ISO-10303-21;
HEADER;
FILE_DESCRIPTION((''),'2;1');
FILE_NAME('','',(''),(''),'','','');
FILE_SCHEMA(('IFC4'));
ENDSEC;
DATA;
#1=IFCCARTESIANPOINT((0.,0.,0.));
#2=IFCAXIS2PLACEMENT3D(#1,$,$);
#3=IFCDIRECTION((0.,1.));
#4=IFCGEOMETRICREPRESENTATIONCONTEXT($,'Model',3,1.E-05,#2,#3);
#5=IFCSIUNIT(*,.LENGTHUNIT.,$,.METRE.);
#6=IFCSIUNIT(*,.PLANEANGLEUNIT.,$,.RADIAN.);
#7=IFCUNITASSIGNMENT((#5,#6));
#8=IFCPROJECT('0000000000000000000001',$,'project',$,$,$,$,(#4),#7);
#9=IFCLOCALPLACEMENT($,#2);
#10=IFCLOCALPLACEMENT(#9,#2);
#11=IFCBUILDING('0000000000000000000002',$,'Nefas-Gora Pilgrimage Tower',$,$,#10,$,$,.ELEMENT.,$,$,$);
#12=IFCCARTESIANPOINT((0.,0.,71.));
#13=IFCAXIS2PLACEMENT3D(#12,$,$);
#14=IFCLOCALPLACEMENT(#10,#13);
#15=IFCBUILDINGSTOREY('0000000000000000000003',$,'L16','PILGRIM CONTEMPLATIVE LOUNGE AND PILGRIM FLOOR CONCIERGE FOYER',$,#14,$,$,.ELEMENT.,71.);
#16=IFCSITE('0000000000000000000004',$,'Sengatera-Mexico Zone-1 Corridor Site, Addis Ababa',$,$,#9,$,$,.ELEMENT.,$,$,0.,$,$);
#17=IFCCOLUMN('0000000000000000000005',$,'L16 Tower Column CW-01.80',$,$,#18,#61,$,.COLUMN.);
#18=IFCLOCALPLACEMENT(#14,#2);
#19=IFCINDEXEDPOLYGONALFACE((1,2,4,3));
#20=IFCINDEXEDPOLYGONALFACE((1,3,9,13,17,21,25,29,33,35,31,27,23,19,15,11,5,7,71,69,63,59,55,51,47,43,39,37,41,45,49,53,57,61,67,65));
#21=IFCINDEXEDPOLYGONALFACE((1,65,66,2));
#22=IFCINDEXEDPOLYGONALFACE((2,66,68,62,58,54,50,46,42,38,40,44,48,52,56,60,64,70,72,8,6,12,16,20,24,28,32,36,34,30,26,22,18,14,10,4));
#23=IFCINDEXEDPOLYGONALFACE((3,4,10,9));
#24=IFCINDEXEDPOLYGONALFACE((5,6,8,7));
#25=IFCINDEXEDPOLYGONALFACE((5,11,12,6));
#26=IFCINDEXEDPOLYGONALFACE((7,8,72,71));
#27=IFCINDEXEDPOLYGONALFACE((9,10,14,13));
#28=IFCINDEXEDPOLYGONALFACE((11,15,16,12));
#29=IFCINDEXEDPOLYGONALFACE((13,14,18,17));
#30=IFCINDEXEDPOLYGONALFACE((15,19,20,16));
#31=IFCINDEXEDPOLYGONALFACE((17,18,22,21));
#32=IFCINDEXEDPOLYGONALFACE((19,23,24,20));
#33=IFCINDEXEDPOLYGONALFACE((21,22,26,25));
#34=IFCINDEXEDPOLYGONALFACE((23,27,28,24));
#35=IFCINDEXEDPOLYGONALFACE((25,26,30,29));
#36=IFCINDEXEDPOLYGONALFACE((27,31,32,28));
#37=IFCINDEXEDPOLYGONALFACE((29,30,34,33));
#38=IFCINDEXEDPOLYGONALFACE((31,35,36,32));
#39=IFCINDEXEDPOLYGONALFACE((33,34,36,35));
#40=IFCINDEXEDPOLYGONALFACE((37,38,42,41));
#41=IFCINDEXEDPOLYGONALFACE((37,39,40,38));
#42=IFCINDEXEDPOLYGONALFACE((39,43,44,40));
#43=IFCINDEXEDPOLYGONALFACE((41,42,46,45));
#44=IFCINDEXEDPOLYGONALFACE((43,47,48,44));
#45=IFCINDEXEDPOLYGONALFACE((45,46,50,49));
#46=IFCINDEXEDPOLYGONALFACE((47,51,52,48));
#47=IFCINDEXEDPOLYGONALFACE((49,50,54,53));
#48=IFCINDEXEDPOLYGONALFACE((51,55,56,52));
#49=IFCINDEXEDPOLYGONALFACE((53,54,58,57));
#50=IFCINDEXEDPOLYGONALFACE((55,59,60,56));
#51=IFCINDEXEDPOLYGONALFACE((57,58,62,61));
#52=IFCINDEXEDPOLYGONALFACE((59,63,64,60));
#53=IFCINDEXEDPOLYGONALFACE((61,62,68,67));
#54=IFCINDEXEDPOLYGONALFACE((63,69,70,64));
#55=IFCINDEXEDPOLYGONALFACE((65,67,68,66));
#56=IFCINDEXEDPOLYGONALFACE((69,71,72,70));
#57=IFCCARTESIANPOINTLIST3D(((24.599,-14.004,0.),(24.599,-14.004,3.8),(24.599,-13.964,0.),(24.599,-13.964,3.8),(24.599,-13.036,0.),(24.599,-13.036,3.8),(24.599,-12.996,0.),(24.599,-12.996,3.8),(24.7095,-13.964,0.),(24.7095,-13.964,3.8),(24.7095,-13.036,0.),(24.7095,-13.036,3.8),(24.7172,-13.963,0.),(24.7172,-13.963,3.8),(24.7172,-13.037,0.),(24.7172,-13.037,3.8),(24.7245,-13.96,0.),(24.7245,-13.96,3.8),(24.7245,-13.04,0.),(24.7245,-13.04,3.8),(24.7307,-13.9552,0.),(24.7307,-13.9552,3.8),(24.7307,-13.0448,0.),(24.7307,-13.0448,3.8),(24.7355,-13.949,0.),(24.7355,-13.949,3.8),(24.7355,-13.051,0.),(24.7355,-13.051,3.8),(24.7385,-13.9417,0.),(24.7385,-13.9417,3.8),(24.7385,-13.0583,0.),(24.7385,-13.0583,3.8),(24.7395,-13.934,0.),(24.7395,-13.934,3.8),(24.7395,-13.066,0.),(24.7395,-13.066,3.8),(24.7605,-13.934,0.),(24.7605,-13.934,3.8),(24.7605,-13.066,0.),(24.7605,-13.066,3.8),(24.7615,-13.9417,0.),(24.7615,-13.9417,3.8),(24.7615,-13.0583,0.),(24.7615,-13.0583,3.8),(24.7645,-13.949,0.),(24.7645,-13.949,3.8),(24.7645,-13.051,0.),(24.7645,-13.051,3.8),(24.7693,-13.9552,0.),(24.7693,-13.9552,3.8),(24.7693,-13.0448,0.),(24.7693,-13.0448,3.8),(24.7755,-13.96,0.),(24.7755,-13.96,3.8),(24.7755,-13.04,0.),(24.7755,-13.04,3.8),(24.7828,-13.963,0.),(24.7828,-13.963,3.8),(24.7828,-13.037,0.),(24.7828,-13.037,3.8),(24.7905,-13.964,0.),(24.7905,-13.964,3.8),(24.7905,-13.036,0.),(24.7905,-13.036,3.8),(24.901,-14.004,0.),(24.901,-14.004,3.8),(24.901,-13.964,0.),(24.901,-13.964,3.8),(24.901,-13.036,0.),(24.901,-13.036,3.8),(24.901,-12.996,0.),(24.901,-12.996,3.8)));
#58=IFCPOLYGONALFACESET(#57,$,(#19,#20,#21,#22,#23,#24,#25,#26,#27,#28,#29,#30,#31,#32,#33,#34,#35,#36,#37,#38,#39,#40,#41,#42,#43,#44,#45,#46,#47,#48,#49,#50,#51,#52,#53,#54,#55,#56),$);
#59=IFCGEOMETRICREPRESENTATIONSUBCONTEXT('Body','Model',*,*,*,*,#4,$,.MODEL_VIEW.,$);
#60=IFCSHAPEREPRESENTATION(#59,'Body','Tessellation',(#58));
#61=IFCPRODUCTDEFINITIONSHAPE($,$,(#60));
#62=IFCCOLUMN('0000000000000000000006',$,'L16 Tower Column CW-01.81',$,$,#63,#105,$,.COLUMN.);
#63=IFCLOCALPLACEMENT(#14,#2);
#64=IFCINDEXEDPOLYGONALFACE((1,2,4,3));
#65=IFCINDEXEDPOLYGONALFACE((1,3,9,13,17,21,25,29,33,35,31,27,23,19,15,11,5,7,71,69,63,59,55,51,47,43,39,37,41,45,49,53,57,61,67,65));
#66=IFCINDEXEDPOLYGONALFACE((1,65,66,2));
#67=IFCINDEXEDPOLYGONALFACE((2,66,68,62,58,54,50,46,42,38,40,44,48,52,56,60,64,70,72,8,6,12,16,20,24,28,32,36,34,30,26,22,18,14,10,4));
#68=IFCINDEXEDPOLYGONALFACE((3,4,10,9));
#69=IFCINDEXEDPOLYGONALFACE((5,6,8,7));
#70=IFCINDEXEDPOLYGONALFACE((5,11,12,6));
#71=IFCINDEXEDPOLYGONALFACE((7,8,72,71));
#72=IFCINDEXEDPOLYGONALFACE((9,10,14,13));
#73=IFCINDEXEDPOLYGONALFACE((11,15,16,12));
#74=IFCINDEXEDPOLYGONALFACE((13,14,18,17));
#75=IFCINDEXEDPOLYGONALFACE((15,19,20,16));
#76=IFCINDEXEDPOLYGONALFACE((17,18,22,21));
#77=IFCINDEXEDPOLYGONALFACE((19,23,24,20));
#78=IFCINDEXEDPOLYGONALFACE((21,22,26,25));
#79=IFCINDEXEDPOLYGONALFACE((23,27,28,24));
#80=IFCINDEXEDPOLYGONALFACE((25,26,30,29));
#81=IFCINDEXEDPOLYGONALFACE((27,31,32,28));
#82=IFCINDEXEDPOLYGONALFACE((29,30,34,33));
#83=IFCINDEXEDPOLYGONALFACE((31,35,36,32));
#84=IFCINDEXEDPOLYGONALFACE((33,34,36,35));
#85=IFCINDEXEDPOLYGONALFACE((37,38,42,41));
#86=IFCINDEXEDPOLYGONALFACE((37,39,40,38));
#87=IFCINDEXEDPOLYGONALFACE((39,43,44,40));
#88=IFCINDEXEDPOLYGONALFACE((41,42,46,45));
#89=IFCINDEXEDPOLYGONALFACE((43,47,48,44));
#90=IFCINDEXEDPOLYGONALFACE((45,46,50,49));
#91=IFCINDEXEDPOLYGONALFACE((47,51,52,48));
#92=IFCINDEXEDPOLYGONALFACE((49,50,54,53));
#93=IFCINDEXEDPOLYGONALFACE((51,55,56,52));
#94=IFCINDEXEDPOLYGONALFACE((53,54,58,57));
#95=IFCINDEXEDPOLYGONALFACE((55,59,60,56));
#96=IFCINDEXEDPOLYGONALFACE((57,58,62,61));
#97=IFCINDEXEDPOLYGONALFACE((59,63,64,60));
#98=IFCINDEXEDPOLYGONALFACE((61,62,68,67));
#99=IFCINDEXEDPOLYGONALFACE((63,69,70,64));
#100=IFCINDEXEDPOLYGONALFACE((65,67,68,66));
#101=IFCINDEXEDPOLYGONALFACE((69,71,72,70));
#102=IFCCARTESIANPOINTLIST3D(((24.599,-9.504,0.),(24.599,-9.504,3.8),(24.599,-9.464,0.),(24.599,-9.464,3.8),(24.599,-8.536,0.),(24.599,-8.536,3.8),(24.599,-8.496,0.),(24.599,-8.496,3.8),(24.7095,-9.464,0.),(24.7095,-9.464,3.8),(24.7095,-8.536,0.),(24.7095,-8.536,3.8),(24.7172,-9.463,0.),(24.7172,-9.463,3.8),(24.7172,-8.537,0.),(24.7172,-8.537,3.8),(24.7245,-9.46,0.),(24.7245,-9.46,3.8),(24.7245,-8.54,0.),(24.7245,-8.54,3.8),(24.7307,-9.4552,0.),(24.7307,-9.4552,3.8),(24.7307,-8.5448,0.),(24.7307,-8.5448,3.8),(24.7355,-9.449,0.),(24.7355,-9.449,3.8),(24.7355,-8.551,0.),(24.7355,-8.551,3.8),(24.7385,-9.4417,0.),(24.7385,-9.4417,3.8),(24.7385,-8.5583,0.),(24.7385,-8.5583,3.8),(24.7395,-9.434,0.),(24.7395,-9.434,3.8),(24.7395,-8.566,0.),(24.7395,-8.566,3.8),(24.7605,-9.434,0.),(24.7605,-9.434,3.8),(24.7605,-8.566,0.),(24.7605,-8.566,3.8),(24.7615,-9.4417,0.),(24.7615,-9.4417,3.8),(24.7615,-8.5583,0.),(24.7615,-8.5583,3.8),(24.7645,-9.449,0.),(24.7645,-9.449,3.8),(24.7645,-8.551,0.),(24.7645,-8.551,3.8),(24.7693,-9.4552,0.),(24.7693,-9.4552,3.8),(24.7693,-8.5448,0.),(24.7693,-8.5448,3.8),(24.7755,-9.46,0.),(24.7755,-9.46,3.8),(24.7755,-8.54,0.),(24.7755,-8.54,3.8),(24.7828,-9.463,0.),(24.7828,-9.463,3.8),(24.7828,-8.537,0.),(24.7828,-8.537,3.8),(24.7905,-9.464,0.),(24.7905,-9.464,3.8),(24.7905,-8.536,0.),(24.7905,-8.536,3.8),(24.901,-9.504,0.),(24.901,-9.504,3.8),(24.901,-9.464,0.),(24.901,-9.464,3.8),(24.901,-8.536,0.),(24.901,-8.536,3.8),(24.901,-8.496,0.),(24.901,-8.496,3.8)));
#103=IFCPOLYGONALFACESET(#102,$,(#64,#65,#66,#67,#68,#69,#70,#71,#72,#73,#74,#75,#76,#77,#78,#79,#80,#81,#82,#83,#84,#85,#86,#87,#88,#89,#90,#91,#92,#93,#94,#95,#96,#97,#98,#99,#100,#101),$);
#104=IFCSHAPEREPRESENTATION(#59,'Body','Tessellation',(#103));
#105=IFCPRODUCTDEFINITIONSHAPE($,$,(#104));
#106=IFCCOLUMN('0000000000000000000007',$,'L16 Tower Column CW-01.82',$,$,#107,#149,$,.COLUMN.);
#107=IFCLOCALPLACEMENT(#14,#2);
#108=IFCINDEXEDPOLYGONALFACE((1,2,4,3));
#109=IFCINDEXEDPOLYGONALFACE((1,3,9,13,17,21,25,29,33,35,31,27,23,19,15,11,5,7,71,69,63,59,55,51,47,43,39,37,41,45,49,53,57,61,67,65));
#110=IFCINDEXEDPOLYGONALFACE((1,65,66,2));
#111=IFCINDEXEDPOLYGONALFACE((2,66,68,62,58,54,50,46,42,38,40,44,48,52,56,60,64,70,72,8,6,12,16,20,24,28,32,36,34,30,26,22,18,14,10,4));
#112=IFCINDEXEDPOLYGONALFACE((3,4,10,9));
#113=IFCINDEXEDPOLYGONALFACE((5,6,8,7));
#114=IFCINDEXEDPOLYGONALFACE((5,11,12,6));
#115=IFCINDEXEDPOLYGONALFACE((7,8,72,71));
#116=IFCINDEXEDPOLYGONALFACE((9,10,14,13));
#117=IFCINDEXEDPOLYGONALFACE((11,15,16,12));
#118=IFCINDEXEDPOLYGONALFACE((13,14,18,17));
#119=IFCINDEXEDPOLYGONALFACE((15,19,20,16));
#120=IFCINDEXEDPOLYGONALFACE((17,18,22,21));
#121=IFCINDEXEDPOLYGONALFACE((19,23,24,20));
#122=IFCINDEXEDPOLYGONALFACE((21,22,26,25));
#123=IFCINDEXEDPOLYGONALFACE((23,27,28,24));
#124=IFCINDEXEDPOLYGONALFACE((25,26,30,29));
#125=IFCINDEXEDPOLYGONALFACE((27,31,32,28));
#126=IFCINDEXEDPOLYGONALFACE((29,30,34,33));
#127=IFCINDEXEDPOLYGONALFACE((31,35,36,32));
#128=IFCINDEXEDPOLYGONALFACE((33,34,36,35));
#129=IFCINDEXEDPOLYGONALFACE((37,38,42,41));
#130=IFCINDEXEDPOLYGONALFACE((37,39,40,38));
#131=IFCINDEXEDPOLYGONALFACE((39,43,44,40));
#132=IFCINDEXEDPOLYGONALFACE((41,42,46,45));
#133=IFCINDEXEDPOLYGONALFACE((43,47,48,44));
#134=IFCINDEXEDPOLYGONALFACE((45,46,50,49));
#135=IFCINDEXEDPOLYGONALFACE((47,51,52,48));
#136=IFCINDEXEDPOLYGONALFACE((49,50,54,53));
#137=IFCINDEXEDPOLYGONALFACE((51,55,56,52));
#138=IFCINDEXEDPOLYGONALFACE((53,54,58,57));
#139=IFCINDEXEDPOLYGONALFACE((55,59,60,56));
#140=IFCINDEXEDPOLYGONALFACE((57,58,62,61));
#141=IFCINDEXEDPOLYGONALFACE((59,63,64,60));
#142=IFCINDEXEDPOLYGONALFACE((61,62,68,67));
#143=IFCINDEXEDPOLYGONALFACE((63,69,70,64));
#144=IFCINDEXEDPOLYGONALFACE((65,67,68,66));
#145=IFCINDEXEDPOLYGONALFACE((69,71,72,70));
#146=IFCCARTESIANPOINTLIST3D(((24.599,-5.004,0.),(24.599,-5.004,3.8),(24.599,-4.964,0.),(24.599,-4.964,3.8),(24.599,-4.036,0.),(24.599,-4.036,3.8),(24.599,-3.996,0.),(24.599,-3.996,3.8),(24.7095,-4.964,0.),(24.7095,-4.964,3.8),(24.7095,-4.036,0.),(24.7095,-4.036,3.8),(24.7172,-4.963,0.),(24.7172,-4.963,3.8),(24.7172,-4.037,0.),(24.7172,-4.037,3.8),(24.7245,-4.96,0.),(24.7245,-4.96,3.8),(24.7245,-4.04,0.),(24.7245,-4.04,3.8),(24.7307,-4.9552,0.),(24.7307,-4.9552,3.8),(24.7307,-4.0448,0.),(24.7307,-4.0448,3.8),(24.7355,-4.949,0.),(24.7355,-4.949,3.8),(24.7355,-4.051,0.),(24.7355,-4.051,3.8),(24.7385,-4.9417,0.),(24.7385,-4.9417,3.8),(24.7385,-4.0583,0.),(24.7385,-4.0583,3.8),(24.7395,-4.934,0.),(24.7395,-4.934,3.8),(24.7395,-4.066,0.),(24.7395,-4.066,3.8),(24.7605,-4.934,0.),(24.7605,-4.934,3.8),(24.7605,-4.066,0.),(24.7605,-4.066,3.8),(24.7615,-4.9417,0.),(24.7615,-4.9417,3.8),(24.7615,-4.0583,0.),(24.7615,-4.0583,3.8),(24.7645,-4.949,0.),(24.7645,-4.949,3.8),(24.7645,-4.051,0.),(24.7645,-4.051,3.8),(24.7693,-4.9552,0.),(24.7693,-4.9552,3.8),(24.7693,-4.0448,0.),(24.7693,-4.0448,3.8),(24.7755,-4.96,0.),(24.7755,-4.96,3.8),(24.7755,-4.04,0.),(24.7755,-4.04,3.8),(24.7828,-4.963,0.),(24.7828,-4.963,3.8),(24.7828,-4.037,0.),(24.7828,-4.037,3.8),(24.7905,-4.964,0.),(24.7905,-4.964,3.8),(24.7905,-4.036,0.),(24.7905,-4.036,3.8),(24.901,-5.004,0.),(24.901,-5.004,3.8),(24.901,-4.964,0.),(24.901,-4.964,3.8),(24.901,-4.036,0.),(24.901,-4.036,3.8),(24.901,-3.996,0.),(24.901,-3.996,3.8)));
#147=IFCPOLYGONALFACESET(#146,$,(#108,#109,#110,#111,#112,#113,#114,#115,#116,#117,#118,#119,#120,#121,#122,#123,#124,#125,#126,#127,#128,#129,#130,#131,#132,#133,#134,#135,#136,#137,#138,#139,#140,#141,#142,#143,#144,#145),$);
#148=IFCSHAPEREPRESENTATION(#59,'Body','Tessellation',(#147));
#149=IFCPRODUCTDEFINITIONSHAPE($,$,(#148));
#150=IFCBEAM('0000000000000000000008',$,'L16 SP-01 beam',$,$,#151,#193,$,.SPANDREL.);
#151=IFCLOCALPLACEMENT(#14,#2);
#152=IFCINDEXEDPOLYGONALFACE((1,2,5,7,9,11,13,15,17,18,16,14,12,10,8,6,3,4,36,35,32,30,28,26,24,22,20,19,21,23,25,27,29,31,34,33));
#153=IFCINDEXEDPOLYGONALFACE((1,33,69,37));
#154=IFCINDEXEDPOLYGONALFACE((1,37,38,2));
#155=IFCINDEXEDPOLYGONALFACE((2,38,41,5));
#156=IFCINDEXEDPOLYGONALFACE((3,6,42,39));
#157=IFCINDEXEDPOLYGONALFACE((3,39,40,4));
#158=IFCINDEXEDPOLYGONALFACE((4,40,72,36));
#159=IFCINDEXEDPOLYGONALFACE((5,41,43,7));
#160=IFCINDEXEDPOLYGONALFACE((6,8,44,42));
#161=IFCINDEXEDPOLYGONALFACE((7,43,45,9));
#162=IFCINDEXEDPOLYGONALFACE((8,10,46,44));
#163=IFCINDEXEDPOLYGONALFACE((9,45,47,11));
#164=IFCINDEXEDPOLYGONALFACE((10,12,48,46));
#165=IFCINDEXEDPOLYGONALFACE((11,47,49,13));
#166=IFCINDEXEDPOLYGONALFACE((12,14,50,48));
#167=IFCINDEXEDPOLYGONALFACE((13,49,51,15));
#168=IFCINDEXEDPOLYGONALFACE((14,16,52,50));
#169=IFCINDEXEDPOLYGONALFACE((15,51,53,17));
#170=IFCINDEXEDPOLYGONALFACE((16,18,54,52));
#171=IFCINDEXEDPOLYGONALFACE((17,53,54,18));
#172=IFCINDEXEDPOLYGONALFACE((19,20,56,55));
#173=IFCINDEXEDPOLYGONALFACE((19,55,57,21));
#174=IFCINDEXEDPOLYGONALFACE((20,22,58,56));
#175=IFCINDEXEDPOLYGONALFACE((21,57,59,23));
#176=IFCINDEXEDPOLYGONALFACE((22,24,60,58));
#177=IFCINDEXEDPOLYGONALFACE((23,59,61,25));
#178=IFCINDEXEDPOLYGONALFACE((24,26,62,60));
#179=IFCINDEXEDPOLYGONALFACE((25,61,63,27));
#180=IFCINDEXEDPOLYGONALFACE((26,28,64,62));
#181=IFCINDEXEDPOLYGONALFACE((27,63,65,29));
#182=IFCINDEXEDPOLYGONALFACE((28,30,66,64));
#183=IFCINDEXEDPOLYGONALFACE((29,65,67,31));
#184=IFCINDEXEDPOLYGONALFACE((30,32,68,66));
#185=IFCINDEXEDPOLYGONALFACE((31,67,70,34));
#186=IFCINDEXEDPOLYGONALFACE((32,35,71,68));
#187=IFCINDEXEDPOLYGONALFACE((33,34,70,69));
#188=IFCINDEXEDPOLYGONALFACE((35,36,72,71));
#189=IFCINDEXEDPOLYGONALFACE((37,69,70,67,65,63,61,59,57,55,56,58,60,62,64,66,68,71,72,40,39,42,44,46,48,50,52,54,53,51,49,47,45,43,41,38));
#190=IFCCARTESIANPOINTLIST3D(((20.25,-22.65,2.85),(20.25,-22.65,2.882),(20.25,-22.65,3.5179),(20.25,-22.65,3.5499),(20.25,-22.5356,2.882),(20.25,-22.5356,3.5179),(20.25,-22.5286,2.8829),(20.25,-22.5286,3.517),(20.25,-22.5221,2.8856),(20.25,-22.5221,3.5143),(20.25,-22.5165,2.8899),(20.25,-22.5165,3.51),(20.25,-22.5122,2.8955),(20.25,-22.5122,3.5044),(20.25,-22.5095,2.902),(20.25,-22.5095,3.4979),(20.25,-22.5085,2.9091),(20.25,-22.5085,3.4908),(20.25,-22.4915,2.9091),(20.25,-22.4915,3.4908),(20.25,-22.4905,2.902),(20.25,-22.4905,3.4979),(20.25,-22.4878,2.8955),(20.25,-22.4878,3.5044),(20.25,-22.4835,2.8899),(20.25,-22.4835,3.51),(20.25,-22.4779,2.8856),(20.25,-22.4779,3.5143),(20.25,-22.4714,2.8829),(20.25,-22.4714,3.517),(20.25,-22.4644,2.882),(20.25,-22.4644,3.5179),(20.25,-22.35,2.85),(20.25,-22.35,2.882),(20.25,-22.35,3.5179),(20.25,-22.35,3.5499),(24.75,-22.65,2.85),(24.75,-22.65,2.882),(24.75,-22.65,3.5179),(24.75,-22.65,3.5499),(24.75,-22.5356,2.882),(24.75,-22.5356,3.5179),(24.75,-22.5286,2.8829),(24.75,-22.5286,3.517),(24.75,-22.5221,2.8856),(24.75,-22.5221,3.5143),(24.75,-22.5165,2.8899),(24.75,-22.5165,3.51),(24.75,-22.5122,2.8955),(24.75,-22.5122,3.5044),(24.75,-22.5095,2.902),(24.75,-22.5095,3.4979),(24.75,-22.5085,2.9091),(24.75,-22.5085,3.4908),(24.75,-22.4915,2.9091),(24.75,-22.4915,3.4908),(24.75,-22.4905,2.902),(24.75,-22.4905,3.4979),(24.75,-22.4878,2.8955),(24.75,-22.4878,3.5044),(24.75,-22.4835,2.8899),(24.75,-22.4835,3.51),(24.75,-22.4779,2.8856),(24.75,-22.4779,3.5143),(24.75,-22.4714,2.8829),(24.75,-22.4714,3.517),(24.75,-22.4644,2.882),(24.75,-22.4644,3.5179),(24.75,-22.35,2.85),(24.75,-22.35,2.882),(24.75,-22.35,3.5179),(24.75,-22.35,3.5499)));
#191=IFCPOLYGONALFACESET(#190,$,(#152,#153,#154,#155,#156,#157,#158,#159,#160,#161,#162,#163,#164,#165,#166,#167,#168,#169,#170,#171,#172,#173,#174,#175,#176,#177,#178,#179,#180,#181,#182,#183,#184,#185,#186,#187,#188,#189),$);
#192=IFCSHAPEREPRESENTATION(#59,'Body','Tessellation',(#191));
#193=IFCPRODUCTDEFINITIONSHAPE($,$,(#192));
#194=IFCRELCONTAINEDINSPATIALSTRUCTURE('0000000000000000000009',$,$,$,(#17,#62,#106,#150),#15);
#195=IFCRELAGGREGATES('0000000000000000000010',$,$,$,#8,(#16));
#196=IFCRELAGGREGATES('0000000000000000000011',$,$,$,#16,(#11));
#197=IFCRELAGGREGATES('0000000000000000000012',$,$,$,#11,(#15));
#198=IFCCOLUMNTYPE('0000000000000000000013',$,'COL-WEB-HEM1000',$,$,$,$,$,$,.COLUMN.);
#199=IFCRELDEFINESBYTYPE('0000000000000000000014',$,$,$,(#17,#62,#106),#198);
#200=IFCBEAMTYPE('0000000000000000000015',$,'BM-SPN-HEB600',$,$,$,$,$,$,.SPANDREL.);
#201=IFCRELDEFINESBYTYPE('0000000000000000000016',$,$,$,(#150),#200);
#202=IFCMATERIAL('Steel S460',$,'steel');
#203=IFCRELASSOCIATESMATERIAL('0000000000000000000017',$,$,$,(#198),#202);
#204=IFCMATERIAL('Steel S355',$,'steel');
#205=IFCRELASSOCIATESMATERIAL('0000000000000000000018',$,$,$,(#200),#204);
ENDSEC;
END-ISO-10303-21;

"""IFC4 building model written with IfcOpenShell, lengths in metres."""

from ifc_helpers import new_model, si_unit, direction, frame, origin, origin_2d, place, context, subcontext, project, spatial, i_section, extrude, source, transform, mapped, material, material_profile, profile_set, type_object, element, save


model = new_model("IFC4")

# Units and contexts
model_context = context("Model", 3, precision=1e-05, world=origin(), true_north=direction((0.0, 1.0)))
body_context = subcontext(model_context, "Body", "Model", "MODEL_VIEW")
ifc_project = project(units=[si_unit("LENGTHUNIT", "METRE"), si_unit("PLANEANGLEUNIT", "RADIAN")], contexts=[model_context])

# Site, building, storey
site_placement = place(None, origin())
site = spatial("IfcSite", under=ifc_project, at=site_placement, Name="Sengatera-Mexico Zone-1 Corridor Site, Addis Ababa", CompositionType="ELEMENT", RefElevation=0.0)
building_placement = place(site_placement, origin())
building = spatial("IfcBuilding", under=site, at=building_placement, Name="Nefas-Gora Pilgrimage Tower", CompositionType="ELEMENT")
storey_placement = place(building_placement, frame((0.0, 0.0, 71.0)))
storey = spatial("IfcBuildingStorey", under=building, at=storey_placement, Name="L16", Description="PILGRIM CONTEMPLATIVE LOUNGE AND PILGRIM FLOOR CONCIERGE FOYER", CompositionType="ELEMENT", Elevation=71.0)

# Columns
ifc_material_1 = material(Name="Steel S460", Category="steel")
ifc_material_profile_1 = material_profile(ifc_material_1, i_section(OverallWidth=0.302, OverallDepth=1.0081, WebThickness=0.021, FlangeThickness=0.04, FilletRadius=0.03, at=origin_2d()), Name="HEM 1000")
ifc_profile_set_1 = profile_set([ifc_material_profile_1], Name="Steel S460")
column_type_1 = type_object("IfcColumnType", Name="COL-WEB-HEM1000", PredefinedType="COLUMN", material=ifc_profile_set_1)
shared_shape_1 = source(origin(), body_context, "Body", "SweptSolid", [
    extrude(i_section(OverallWidth=0.302, OverallDepth=1.0081, WebThickness=0.021, FlangeThickness=0.04, FilletRadius=0.03, at=origin_2d()), origin(), (0.0, 0.0, 1.0), 3.8),
])
for number, where, z_axis, x_axis, name in (
    (1, (24.75, -13.5, 0.0), (0.0, 0.0, 1.0), (1.0, 0.0, 0.0), "L16 Tower Column CW-01.80"),
    (2, (24.75, -9.0, 0.0), (0.0, 0.0, 1.0), (1.0, 0.0, 0.0), "L16 Tower Column CW-01.81"),
    (3, (24.75, -4.5, 0.0), (0.0, 0.0, 1.0), (1.0, 0.0, 0.0), "L16 Tower Column CW-01.82"),
):
    element("IfcColumn", number, at=place(storey_placement, frame(where, z_axis=z_axis, x_axis=x_axis)), inside=storey, type_object=column_type_1, Name=name, PredefinedType="COLUMN", context=body_context, shape_type="MappedRepresentation", body=[
        mapped(shared_shape_1, transform((0.0, 0.0, 0.0), x_axis=(1.0, 0.0, 0.0), y_axis=(0.0, 1.0, 0.0), z_axis=(0.0, 0.0, 1.0), scale=1.0)),
    ])

# Beam
ifc_material_2 = material(Name="Steel S355", Category="steel")
ifc_material_profile_2 = material_profile(ifc_material_2, i_section(OverallWidth=0.3, OverallDepth=0.7, WebThickness=0.0171, FlangeThickness=0.032, FilletRadius=0.0271, at=origin_2d()), Name="HEB 700")
ifc_profile_set_2 = profile_set([ifc_material_profile_2], Name="Steel S355")
beam_type_1 = type_object("IfcBeamType", Name="BM-SPN-HEB600", PredefinedType="SPANDREL", material=ifc_profile_set_2)
shared_shape_2 = source(origin(), body_context, "Body", "SweptSolid", [
    extrude(i_section(OverallWidth=0.3, OverallDepth=0.7, WebThickness=0.0171, FlangeThickness=0.032, FilletRadius=0.0271, at=origin_2d()), origin(), (0.0, 0.0, 1.0), 4.5),
])
for number, where, z_axis, x_axis, name in (
    (4, (20.25, -22.5, 3.2), (1.0, 0.0, 0.0), (0.0, 1.0, 0.0), "L16 SP-01 beam"),
):
    element("IfcBeam", number, at=place(storey_placement, frame(where, z_axis=z_axis, x_axis=x_axis)), inside=storey, type_object=beam_type_1, Name=name, PredefinedType="SPANDREL", context=body_context, shape_type="MappedRepresentation", body=[
        mapped(shared_shape_2, transform((0.0, 0.0, 0.0), x_axis=(1.0, 0.0, 0.0), y_axis=(0.0, 1.0, 0.0), z_axis=(0.0, 0.0, 1.0), scale=1.0)),
    ])

save(model, "model.ifc")
